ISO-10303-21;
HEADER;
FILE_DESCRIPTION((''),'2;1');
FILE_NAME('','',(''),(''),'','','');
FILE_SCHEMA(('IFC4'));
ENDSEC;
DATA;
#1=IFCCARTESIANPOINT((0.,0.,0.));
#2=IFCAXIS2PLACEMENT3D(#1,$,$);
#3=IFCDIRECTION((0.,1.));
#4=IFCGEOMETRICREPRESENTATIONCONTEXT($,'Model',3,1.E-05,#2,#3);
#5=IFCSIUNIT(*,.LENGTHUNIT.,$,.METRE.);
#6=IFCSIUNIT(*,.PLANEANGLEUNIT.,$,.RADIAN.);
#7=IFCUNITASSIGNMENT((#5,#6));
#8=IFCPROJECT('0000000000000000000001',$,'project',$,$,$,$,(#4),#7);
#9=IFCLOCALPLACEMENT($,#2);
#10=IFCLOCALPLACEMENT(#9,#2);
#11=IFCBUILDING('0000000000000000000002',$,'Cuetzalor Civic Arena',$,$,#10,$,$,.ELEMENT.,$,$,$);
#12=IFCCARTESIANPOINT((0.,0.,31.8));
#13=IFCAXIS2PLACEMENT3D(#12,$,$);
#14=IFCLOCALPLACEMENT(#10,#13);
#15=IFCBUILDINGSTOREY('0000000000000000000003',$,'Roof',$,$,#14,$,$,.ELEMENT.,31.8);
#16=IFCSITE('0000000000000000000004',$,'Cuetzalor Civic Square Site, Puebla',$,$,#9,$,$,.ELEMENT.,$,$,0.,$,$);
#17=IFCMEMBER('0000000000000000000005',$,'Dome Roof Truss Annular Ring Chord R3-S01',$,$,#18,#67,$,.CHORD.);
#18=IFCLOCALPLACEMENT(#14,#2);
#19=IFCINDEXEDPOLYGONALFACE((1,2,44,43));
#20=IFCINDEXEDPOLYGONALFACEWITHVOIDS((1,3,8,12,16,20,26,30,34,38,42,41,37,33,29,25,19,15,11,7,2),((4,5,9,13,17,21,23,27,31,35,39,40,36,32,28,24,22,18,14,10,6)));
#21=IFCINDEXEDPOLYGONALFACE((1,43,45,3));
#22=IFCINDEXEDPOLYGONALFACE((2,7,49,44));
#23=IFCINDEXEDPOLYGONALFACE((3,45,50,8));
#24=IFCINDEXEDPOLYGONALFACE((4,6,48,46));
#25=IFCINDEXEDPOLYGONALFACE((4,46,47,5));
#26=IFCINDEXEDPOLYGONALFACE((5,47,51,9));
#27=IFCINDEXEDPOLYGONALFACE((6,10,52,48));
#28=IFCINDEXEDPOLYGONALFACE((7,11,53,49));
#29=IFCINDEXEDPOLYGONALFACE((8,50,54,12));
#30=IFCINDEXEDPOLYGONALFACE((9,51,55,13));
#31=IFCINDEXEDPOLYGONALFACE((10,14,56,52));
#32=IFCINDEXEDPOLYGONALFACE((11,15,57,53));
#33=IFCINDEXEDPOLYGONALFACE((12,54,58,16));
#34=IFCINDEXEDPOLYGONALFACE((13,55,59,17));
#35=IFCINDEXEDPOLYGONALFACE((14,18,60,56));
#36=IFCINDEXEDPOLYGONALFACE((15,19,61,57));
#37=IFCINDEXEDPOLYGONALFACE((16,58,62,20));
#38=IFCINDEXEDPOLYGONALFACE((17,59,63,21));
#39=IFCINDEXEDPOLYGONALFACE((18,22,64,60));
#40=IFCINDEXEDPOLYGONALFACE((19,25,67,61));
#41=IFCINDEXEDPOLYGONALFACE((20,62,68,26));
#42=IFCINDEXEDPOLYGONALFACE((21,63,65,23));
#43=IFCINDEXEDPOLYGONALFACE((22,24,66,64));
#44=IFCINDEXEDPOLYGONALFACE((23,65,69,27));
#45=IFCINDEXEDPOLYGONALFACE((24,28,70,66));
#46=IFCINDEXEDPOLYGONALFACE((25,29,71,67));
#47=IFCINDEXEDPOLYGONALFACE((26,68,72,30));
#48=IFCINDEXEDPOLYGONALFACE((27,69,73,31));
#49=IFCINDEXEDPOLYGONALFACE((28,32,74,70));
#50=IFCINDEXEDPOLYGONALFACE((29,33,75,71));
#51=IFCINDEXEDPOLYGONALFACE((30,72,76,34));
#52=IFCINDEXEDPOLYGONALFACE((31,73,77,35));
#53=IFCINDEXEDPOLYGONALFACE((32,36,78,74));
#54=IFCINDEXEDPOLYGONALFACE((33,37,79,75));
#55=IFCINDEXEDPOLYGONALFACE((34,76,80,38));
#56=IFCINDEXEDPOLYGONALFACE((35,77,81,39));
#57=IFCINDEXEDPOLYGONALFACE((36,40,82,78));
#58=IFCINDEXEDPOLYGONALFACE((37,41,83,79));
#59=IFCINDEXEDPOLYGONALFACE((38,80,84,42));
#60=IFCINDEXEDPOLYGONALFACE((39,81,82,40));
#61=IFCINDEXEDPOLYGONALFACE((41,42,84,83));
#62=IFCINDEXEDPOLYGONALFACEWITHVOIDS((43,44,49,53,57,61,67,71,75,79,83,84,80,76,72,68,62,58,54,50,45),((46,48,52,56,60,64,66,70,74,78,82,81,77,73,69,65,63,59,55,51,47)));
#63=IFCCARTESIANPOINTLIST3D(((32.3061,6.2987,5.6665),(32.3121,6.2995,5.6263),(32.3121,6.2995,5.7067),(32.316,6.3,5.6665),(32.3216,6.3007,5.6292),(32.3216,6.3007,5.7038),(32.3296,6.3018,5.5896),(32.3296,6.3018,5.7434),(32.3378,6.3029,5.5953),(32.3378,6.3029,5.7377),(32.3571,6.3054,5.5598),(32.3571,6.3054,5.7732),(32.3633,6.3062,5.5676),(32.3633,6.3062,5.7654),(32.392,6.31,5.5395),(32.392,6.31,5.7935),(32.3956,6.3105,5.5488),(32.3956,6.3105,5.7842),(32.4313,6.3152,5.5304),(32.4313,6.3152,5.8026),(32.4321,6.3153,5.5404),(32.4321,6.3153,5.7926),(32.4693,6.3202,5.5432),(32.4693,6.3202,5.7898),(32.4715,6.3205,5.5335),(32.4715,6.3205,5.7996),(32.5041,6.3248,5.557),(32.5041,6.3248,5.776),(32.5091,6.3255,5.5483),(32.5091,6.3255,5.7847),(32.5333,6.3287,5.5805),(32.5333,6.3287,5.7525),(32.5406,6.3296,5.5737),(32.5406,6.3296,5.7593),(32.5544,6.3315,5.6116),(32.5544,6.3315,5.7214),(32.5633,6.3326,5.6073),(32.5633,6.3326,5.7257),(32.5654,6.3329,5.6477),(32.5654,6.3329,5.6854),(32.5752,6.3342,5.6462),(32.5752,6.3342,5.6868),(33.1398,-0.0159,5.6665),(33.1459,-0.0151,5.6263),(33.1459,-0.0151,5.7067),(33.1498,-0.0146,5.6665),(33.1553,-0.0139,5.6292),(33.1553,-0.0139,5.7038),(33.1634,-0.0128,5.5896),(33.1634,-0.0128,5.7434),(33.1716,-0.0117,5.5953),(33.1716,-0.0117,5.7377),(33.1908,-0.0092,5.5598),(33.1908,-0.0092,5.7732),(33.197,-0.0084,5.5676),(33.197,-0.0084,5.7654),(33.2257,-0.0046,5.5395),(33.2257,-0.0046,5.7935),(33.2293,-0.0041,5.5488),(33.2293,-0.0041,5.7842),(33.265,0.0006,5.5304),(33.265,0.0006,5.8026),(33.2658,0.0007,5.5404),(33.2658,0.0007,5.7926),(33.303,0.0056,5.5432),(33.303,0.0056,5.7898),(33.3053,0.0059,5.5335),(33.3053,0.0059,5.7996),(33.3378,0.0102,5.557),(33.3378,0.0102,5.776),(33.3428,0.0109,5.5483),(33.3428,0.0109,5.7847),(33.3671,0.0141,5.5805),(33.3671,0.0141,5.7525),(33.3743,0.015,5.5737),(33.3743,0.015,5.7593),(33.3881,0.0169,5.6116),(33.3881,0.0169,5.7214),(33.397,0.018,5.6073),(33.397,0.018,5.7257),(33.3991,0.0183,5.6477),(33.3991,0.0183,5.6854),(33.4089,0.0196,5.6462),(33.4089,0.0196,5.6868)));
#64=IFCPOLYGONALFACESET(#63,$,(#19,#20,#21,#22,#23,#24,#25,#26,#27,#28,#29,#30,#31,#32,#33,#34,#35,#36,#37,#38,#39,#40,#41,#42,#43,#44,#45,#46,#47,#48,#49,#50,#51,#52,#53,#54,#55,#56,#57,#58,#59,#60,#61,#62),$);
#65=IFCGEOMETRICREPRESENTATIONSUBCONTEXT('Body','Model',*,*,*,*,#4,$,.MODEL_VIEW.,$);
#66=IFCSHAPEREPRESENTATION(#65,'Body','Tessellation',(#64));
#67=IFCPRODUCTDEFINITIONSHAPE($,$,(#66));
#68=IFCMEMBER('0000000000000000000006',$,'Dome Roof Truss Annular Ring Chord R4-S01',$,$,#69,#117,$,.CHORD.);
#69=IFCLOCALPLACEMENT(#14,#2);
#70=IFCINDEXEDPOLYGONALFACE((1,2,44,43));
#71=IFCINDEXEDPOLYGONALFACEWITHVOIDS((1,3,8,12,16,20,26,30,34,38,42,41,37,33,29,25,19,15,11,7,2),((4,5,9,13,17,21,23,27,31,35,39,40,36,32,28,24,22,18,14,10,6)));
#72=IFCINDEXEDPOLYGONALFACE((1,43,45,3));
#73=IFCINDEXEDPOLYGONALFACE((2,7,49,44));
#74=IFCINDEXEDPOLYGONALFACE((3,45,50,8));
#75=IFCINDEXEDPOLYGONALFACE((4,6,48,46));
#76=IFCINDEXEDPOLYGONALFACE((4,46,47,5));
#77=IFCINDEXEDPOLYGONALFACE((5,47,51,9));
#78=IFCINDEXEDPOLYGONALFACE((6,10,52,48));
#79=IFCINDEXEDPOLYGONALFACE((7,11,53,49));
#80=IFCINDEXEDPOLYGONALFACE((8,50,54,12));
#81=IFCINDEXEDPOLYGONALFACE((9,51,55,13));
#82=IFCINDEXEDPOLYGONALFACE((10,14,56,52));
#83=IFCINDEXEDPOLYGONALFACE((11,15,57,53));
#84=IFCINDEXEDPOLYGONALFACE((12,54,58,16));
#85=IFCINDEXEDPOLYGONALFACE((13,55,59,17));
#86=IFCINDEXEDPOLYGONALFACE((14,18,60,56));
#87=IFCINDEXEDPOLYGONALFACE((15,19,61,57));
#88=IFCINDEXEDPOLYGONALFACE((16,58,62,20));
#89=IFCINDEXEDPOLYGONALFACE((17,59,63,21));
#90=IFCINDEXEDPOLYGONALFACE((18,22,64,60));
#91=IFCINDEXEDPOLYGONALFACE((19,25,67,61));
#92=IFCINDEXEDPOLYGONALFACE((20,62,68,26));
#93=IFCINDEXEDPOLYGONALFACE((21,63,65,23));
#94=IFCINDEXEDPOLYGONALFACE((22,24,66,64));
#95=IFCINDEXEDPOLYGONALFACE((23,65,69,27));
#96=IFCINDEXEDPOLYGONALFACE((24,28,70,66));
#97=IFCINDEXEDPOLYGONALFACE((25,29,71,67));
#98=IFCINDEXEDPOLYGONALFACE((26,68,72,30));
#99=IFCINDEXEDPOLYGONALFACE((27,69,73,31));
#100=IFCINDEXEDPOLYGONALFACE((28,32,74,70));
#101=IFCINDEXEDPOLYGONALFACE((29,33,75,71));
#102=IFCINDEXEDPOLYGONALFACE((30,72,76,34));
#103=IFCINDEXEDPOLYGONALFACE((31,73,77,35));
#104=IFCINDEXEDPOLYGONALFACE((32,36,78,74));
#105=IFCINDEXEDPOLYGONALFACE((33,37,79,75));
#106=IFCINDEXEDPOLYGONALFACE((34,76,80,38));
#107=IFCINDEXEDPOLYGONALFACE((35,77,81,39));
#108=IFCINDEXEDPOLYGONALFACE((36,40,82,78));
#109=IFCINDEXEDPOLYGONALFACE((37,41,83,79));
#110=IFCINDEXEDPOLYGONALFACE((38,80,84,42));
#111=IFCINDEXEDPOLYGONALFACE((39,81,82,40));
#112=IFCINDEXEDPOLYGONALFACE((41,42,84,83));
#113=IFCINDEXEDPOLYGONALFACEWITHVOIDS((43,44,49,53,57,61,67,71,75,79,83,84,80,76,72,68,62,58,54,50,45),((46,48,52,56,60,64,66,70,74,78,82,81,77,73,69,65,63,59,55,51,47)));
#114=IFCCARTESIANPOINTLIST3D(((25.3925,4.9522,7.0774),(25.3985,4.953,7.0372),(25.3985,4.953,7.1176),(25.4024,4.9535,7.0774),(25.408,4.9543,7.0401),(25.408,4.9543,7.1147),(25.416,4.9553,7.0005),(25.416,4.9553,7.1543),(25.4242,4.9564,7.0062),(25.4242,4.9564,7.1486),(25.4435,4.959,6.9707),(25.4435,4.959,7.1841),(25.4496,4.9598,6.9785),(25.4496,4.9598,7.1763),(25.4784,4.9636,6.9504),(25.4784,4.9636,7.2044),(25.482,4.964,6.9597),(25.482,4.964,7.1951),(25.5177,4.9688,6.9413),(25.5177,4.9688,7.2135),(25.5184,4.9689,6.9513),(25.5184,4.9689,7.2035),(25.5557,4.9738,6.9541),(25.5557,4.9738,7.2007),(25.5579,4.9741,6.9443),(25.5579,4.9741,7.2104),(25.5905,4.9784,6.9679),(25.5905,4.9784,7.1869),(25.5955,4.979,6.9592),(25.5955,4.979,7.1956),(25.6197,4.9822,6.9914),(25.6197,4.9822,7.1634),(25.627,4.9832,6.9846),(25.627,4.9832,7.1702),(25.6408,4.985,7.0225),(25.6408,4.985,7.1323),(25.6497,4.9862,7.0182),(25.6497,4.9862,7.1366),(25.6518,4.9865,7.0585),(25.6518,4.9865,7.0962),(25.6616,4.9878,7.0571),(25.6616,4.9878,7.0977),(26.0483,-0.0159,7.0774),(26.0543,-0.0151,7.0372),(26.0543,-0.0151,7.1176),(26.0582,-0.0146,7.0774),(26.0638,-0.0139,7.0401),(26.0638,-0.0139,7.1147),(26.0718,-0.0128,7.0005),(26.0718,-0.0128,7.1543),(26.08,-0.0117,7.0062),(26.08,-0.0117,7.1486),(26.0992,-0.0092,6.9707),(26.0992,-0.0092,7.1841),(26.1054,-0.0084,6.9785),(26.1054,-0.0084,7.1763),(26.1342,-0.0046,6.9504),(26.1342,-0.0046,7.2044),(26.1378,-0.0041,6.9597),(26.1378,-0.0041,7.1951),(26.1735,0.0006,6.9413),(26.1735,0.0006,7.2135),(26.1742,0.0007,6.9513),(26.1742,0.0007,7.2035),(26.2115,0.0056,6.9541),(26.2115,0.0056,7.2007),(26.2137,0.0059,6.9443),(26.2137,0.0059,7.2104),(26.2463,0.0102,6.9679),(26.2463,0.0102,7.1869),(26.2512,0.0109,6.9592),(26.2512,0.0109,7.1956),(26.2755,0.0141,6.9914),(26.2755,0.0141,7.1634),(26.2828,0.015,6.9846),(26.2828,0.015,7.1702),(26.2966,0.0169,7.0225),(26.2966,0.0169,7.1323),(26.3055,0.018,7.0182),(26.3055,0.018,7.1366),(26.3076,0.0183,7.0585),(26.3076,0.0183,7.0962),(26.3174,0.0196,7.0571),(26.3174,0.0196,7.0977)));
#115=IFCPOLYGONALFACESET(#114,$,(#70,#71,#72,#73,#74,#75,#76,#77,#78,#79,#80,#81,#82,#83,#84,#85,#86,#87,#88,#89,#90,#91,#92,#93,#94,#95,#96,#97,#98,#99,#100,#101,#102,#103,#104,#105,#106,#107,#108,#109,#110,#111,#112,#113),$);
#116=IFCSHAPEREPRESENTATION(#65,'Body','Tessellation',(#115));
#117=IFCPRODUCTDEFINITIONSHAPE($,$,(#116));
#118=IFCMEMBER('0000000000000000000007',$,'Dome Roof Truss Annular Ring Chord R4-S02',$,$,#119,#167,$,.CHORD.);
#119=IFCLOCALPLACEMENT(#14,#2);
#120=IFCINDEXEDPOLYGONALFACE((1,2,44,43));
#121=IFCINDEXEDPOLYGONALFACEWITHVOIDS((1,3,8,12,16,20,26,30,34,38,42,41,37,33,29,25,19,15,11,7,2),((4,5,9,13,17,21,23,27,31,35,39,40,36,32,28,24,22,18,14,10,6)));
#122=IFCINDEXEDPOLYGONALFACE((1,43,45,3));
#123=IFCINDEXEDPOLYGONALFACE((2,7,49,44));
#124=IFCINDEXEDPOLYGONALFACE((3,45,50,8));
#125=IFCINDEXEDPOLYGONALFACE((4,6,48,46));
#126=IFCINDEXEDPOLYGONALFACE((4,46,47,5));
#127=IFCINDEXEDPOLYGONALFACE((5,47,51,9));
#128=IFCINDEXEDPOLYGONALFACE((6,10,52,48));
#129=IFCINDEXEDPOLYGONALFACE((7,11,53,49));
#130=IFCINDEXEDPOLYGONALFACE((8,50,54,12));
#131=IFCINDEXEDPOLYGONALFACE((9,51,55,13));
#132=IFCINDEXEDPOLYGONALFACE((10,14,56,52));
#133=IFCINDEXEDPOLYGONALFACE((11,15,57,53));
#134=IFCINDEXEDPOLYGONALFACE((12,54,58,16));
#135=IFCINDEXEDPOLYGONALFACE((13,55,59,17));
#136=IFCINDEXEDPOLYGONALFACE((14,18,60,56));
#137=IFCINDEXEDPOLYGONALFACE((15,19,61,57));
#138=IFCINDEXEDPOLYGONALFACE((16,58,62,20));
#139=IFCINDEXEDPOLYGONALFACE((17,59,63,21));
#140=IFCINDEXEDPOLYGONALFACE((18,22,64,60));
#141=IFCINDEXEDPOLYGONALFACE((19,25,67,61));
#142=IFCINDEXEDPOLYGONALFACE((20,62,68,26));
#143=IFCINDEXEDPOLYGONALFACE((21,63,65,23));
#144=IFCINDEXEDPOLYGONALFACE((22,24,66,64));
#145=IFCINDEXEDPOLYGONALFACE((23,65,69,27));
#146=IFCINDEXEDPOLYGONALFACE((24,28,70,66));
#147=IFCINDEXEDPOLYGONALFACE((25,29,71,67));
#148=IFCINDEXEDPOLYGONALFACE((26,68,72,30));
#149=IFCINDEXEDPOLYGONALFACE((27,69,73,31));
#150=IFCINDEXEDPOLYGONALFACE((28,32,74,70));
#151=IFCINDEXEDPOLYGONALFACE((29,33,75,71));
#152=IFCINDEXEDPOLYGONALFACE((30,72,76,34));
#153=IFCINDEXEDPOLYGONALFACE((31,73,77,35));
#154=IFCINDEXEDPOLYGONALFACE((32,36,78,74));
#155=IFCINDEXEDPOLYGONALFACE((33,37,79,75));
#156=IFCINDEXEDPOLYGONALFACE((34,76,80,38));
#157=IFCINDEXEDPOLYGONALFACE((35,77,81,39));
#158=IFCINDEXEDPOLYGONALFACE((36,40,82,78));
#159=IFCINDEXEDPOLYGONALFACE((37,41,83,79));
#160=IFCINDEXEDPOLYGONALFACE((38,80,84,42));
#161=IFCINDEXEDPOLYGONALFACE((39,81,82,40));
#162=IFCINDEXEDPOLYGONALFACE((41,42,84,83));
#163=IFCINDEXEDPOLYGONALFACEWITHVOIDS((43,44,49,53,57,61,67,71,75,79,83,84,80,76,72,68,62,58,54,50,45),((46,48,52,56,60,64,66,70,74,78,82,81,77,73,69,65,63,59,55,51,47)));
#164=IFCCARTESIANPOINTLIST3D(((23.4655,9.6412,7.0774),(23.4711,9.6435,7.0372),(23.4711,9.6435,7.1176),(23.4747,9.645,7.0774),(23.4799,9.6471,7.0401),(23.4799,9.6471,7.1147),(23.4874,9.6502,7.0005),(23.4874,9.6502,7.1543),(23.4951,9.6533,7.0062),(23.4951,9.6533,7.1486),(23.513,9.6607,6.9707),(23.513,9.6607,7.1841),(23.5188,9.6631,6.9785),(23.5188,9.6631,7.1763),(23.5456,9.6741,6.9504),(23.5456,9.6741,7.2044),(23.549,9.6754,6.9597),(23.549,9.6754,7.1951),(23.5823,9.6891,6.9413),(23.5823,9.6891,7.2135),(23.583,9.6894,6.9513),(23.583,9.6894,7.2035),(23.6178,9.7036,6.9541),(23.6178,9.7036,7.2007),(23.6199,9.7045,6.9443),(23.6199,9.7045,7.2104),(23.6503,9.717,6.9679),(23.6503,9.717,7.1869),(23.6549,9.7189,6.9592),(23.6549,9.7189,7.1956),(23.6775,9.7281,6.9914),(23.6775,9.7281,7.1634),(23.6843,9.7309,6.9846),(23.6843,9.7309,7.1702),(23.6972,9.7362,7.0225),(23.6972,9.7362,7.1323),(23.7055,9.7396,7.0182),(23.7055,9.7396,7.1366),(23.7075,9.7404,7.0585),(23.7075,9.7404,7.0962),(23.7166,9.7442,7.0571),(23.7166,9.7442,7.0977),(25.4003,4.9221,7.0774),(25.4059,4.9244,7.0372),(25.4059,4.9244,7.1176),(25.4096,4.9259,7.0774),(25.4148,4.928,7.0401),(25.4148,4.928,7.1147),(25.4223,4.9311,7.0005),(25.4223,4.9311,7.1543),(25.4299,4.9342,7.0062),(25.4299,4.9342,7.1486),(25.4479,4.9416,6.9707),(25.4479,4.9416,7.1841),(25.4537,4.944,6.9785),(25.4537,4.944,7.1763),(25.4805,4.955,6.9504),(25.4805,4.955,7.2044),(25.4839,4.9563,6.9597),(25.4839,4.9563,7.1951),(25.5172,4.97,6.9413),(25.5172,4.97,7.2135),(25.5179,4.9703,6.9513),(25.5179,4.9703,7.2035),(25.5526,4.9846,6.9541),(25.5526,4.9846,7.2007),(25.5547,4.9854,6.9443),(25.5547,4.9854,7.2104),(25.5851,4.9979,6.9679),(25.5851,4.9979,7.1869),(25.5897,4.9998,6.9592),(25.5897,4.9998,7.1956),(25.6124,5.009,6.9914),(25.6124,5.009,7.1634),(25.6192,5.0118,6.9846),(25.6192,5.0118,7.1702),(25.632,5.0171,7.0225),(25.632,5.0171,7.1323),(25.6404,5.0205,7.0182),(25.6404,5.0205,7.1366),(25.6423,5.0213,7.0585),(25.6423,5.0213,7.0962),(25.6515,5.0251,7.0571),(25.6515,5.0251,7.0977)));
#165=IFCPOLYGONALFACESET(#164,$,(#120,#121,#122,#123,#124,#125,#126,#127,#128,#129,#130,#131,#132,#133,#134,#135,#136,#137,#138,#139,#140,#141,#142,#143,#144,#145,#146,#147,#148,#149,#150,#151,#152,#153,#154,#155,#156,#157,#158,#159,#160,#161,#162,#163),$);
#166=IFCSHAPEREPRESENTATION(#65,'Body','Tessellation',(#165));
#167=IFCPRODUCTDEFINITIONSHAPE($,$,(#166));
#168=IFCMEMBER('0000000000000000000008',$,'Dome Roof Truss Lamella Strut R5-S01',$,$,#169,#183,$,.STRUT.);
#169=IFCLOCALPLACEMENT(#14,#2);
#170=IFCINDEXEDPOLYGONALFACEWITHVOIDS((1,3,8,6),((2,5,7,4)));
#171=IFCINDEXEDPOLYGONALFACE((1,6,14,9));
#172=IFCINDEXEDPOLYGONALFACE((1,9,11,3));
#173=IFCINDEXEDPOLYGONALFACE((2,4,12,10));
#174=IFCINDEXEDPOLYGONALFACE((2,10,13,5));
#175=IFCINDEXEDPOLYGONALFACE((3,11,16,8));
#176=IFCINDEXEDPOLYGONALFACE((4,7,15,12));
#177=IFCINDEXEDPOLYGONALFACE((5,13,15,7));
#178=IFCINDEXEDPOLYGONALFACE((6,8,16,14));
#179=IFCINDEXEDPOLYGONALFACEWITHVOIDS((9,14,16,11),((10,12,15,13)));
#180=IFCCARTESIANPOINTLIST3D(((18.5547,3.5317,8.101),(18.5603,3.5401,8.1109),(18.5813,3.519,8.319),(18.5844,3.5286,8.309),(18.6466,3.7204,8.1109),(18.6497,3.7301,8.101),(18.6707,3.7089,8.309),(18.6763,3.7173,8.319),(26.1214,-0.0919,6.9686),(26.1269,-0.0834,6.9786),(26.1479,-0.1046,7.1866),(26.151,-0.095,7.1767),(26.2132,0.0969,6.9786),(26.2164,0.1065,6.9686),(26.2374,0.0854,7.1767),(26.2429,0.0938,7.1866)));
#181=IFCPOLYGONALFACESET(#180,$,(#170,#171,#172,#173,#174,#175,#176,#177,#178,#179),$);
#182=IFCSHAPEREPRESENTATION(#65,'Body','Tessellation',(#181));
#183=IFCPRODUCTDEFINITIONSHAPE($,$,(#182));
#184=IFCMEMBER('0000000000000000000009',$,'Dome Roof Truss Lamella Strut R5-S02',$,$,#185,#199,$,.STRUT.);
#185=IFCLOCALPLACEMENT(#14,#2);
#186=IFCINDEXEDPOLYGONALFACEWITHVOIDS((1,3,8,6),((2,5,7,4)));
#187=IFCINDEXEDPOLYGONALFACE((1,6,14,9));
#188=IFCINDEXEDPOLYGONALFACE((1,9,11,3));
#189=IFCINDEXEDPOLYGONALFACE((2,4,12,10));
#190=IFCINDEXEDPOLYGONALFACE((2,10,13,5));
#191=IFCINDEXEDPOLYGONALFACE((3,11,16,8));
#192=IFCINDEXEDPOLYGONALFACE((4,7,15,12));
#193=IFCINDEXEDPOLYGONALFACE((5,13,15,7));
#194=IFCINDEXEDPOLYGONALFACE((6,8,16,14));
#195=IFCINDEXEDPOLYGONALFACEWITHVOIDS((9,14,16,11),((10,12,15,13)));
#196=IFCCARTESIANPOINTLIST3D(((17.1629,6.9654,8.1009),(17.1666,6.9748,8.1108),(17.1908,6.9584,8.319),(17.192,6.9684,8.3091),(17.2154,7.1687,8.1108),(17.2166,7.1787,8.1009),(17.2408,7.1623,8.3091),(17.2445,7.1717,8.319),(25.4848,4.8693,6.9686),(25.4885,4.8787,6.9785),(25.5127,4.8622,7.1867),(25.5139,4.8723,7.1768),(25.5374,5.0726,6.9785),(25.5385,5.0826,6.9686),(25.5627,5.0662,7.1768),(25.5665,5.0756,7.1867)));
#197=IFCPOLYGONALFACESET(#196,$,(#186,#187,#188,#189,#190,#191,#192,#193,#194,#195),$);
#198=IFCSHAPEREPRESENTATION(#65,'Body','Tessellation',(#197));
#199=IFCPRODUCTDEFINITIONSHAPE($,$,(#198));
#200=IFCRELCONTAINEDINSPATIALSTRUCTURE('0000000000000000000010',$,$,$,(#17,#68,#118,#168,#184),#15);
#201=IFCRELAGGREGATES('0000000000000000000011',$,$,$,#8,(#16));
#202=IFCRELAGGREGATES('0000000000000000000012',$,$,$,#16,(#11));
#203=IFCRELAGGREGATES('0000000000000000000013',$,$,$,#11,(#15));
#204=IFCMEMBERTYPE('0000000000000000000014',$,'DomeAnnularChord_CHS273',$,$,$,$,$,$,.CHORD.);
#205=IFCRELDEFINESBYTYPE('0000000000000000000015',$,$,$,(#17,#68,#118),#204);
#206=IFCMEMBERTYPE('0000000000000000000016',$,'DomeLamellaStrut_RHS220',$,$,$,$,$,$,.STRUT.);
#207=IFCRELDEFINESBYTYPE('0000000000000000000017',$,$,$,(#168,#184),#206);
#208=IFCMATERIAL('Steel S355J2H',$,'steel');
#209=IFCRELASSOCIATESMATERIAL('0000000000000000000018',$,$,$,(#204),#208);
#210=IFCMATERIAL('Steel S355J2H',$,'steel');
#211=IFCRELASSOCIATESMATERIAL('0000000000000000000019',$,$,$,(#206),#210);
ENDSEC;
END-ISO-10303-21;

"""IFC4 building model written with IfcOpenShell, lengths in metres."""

from ifc_helpers import new_model, si_unit, direction, frame, origin, origin_2d, place, context, subcontext, project, spatial, hollow_rectangle, hollow_circle, extrude, material, material_profile, profile_set, type_object, element, save


model = new_model("IFC4")

# Units and contexts
model_context = context("Model", 3, precision=1e-05, world=origin(), true_north=direction((0.0, 1.0)))
body_context = subcontext(model_context, "Body", "Model", "MODEL_VIEW")
ifc_project = project(units=[si_unit("LENGTHUNIT", "METRE"), si_unit("PLANEANGLEUNIT", "RADIAN")], contexts=[model_context])

# Site, building, storey
site_placement = place(None, origin())
site = spatial("IfcSite", under=ifc_project, at=site_placement, Name="Cuetzalor Civic Square Site, Puebla", CompositionType="ELEMENT", RefElevation=0.0)
building_placement = place(site_placement, origin())
building = spatial("IfcBuilding", under=site, at=building_placement, Name="Cuetzalor Civic Arena", CompositionType="ELEMENT")
storey_placement = place(building_placement, frame((0.0, 0.0, 31.8)))
storey = spatial("IfcBuildingStorey", under=building, at=storey_placement, Name="Roof", CompositionType="ELEMENT", Elevation=31.8)

# Members
ifc_material_1 = material(Name="Steel S355J2H", Category="steel")
ifc_material_profile_1 = material_profile(ifc_material_1, hollow_circle(Radius=0.1365, WallThickness=0.01, at=origin_2d()), Name="CHS 273x10")
ifc_profile_set_1 = profile_set([ifc_material_profile_1], Name="Steel S355J2H")
member_type_1 = type_object("IfcMemberType", Name="DomeAnnularChord_CHS273", PredefinedType="CHORD", material=ifc_profile_set_1)
member_1_placement = place(storey_placement, frame((33.2751, 0.002, 5.6665), z_axis=(-0.130896, 0.991396, 0.0), x_axis=(-0.991396, -0.130896, 0.0)))
element("IfcMember", 1, at=member_1_placement, inside=storey, type_object=member_type_1, Name="Dome Roof Truss Annular Ring Chord R3-S01", PredefinedType="CHORD", context=body_context, shape_type="SweptSolid", body=[
    extrude(hollow_circle(Radius=0.1365, WallThickness=0.01, at=origin_2d()), origin(), (0.0, 0.0, 1.0), 6.3694),
])
member_2_placement = place(storey_placement, frame((26.1836, 0.002, 7.0774), z_axis=(-0.130862, 0.991401, 0.0), x_axis=(-0.991401, -0.130862, 0.0)))
element("IfcMember", 2, at=member_2_placement, inside=storey, type_object=member_type_1, Name="Dome Roof Truss Annular Ring Chord R4-S01", PredefinedType="CHORD", context=body_context, shape_type="SweptSolid", body=[
    extrude(hollow_circle(Radius=0.1365, WallThickness=0.01, at=origin_2d()), origin(), (0.0, 0.0, 1.0), 5.0112),
])
member_3_placement = place(storey_placement, frame((25.5266, 4.9739, 7.0774), z_axis=(-0.379358, 0.92525, 0.0), x_axis=(-0.92525, -0.379358, 0.0)))
element("IfcMember", 3, at=member_3_placement, inside=storey, type_object=member_type_1, Name="Dome Roof Truss Annular Ring Chord R4-S02", PredefinedType="CHORD", context=body_context, shape_type="SweptSolid", body=[
    extrude(hollow_circle(Radius=0.1365, WallThickness=0.01, at=origin_2d()), origin(), (0.0, 0.0, 1.0), 5.1003),
])
ifc_material_2 = material(Name="Steel S355J2H", Category="steel")
ifc_material_profile_2 = material_profile(ifc_material_2, hollow_rectangle(XDim=0.22, YDim=0.22, WallThickness=0.01, at=origin_2d()), Name="RHS 220x220x10")
ifc_profile_set_2 = profile_set([ifc_material_profile_2], Name="Steel S355J2H")
member_type_2 = type_object("IfcMemberType", Name="DomeLamellaStrut_RHS220", PredefinedType="STRUT", material=ifc_profile_set_2)
member_4_placement = place(storey_placement, frame((26.1821, 0.001, 7.0776), z_axis=(-0.893812, 0.428031, 0.133756), x_axis=(-0.431912, -0.901916, 0.0)))
element("IfcMember", 4, at=member_4_placement, inside=storey, type_object=member_type_2, Name="Dome Roof Truss Lamella Strut R5-S01", PredefinedType="STRUT", context=body_context, shape_type="SweptSolid", body=[
    extrude(hollow_rectangle(XDim=0.22, YDim=0.22, WallThickness=0.01, at=origin_2d()), origin(), (0.0, 0.0, 1.0), 8.4656),
])
member_5_placement = place(storey_placement, frame((25.5256, 4.9724, 7.0776), z_axis=(-0.961379, 0.242157, 0.130809), x_axis=(-0.244256, -0.969711, 0.0)))
element("IfcMember", 5, at=member_5_placement, inside=storey, type_object=member_type_2, Name="Dome Roof Truss Lamella Strut R5-S02", PredefinedType="STRUT", context=body_context, shape_type="SweptSolid", body=[
    extrude(hollow_rectangle(XDim=0.22, YDim=0.22, WallThickness=0.01, at=origin_2d()), origin(), (0.0, 0.0, 1.0), 8.6562),
])

save(model, "model.ifc")
